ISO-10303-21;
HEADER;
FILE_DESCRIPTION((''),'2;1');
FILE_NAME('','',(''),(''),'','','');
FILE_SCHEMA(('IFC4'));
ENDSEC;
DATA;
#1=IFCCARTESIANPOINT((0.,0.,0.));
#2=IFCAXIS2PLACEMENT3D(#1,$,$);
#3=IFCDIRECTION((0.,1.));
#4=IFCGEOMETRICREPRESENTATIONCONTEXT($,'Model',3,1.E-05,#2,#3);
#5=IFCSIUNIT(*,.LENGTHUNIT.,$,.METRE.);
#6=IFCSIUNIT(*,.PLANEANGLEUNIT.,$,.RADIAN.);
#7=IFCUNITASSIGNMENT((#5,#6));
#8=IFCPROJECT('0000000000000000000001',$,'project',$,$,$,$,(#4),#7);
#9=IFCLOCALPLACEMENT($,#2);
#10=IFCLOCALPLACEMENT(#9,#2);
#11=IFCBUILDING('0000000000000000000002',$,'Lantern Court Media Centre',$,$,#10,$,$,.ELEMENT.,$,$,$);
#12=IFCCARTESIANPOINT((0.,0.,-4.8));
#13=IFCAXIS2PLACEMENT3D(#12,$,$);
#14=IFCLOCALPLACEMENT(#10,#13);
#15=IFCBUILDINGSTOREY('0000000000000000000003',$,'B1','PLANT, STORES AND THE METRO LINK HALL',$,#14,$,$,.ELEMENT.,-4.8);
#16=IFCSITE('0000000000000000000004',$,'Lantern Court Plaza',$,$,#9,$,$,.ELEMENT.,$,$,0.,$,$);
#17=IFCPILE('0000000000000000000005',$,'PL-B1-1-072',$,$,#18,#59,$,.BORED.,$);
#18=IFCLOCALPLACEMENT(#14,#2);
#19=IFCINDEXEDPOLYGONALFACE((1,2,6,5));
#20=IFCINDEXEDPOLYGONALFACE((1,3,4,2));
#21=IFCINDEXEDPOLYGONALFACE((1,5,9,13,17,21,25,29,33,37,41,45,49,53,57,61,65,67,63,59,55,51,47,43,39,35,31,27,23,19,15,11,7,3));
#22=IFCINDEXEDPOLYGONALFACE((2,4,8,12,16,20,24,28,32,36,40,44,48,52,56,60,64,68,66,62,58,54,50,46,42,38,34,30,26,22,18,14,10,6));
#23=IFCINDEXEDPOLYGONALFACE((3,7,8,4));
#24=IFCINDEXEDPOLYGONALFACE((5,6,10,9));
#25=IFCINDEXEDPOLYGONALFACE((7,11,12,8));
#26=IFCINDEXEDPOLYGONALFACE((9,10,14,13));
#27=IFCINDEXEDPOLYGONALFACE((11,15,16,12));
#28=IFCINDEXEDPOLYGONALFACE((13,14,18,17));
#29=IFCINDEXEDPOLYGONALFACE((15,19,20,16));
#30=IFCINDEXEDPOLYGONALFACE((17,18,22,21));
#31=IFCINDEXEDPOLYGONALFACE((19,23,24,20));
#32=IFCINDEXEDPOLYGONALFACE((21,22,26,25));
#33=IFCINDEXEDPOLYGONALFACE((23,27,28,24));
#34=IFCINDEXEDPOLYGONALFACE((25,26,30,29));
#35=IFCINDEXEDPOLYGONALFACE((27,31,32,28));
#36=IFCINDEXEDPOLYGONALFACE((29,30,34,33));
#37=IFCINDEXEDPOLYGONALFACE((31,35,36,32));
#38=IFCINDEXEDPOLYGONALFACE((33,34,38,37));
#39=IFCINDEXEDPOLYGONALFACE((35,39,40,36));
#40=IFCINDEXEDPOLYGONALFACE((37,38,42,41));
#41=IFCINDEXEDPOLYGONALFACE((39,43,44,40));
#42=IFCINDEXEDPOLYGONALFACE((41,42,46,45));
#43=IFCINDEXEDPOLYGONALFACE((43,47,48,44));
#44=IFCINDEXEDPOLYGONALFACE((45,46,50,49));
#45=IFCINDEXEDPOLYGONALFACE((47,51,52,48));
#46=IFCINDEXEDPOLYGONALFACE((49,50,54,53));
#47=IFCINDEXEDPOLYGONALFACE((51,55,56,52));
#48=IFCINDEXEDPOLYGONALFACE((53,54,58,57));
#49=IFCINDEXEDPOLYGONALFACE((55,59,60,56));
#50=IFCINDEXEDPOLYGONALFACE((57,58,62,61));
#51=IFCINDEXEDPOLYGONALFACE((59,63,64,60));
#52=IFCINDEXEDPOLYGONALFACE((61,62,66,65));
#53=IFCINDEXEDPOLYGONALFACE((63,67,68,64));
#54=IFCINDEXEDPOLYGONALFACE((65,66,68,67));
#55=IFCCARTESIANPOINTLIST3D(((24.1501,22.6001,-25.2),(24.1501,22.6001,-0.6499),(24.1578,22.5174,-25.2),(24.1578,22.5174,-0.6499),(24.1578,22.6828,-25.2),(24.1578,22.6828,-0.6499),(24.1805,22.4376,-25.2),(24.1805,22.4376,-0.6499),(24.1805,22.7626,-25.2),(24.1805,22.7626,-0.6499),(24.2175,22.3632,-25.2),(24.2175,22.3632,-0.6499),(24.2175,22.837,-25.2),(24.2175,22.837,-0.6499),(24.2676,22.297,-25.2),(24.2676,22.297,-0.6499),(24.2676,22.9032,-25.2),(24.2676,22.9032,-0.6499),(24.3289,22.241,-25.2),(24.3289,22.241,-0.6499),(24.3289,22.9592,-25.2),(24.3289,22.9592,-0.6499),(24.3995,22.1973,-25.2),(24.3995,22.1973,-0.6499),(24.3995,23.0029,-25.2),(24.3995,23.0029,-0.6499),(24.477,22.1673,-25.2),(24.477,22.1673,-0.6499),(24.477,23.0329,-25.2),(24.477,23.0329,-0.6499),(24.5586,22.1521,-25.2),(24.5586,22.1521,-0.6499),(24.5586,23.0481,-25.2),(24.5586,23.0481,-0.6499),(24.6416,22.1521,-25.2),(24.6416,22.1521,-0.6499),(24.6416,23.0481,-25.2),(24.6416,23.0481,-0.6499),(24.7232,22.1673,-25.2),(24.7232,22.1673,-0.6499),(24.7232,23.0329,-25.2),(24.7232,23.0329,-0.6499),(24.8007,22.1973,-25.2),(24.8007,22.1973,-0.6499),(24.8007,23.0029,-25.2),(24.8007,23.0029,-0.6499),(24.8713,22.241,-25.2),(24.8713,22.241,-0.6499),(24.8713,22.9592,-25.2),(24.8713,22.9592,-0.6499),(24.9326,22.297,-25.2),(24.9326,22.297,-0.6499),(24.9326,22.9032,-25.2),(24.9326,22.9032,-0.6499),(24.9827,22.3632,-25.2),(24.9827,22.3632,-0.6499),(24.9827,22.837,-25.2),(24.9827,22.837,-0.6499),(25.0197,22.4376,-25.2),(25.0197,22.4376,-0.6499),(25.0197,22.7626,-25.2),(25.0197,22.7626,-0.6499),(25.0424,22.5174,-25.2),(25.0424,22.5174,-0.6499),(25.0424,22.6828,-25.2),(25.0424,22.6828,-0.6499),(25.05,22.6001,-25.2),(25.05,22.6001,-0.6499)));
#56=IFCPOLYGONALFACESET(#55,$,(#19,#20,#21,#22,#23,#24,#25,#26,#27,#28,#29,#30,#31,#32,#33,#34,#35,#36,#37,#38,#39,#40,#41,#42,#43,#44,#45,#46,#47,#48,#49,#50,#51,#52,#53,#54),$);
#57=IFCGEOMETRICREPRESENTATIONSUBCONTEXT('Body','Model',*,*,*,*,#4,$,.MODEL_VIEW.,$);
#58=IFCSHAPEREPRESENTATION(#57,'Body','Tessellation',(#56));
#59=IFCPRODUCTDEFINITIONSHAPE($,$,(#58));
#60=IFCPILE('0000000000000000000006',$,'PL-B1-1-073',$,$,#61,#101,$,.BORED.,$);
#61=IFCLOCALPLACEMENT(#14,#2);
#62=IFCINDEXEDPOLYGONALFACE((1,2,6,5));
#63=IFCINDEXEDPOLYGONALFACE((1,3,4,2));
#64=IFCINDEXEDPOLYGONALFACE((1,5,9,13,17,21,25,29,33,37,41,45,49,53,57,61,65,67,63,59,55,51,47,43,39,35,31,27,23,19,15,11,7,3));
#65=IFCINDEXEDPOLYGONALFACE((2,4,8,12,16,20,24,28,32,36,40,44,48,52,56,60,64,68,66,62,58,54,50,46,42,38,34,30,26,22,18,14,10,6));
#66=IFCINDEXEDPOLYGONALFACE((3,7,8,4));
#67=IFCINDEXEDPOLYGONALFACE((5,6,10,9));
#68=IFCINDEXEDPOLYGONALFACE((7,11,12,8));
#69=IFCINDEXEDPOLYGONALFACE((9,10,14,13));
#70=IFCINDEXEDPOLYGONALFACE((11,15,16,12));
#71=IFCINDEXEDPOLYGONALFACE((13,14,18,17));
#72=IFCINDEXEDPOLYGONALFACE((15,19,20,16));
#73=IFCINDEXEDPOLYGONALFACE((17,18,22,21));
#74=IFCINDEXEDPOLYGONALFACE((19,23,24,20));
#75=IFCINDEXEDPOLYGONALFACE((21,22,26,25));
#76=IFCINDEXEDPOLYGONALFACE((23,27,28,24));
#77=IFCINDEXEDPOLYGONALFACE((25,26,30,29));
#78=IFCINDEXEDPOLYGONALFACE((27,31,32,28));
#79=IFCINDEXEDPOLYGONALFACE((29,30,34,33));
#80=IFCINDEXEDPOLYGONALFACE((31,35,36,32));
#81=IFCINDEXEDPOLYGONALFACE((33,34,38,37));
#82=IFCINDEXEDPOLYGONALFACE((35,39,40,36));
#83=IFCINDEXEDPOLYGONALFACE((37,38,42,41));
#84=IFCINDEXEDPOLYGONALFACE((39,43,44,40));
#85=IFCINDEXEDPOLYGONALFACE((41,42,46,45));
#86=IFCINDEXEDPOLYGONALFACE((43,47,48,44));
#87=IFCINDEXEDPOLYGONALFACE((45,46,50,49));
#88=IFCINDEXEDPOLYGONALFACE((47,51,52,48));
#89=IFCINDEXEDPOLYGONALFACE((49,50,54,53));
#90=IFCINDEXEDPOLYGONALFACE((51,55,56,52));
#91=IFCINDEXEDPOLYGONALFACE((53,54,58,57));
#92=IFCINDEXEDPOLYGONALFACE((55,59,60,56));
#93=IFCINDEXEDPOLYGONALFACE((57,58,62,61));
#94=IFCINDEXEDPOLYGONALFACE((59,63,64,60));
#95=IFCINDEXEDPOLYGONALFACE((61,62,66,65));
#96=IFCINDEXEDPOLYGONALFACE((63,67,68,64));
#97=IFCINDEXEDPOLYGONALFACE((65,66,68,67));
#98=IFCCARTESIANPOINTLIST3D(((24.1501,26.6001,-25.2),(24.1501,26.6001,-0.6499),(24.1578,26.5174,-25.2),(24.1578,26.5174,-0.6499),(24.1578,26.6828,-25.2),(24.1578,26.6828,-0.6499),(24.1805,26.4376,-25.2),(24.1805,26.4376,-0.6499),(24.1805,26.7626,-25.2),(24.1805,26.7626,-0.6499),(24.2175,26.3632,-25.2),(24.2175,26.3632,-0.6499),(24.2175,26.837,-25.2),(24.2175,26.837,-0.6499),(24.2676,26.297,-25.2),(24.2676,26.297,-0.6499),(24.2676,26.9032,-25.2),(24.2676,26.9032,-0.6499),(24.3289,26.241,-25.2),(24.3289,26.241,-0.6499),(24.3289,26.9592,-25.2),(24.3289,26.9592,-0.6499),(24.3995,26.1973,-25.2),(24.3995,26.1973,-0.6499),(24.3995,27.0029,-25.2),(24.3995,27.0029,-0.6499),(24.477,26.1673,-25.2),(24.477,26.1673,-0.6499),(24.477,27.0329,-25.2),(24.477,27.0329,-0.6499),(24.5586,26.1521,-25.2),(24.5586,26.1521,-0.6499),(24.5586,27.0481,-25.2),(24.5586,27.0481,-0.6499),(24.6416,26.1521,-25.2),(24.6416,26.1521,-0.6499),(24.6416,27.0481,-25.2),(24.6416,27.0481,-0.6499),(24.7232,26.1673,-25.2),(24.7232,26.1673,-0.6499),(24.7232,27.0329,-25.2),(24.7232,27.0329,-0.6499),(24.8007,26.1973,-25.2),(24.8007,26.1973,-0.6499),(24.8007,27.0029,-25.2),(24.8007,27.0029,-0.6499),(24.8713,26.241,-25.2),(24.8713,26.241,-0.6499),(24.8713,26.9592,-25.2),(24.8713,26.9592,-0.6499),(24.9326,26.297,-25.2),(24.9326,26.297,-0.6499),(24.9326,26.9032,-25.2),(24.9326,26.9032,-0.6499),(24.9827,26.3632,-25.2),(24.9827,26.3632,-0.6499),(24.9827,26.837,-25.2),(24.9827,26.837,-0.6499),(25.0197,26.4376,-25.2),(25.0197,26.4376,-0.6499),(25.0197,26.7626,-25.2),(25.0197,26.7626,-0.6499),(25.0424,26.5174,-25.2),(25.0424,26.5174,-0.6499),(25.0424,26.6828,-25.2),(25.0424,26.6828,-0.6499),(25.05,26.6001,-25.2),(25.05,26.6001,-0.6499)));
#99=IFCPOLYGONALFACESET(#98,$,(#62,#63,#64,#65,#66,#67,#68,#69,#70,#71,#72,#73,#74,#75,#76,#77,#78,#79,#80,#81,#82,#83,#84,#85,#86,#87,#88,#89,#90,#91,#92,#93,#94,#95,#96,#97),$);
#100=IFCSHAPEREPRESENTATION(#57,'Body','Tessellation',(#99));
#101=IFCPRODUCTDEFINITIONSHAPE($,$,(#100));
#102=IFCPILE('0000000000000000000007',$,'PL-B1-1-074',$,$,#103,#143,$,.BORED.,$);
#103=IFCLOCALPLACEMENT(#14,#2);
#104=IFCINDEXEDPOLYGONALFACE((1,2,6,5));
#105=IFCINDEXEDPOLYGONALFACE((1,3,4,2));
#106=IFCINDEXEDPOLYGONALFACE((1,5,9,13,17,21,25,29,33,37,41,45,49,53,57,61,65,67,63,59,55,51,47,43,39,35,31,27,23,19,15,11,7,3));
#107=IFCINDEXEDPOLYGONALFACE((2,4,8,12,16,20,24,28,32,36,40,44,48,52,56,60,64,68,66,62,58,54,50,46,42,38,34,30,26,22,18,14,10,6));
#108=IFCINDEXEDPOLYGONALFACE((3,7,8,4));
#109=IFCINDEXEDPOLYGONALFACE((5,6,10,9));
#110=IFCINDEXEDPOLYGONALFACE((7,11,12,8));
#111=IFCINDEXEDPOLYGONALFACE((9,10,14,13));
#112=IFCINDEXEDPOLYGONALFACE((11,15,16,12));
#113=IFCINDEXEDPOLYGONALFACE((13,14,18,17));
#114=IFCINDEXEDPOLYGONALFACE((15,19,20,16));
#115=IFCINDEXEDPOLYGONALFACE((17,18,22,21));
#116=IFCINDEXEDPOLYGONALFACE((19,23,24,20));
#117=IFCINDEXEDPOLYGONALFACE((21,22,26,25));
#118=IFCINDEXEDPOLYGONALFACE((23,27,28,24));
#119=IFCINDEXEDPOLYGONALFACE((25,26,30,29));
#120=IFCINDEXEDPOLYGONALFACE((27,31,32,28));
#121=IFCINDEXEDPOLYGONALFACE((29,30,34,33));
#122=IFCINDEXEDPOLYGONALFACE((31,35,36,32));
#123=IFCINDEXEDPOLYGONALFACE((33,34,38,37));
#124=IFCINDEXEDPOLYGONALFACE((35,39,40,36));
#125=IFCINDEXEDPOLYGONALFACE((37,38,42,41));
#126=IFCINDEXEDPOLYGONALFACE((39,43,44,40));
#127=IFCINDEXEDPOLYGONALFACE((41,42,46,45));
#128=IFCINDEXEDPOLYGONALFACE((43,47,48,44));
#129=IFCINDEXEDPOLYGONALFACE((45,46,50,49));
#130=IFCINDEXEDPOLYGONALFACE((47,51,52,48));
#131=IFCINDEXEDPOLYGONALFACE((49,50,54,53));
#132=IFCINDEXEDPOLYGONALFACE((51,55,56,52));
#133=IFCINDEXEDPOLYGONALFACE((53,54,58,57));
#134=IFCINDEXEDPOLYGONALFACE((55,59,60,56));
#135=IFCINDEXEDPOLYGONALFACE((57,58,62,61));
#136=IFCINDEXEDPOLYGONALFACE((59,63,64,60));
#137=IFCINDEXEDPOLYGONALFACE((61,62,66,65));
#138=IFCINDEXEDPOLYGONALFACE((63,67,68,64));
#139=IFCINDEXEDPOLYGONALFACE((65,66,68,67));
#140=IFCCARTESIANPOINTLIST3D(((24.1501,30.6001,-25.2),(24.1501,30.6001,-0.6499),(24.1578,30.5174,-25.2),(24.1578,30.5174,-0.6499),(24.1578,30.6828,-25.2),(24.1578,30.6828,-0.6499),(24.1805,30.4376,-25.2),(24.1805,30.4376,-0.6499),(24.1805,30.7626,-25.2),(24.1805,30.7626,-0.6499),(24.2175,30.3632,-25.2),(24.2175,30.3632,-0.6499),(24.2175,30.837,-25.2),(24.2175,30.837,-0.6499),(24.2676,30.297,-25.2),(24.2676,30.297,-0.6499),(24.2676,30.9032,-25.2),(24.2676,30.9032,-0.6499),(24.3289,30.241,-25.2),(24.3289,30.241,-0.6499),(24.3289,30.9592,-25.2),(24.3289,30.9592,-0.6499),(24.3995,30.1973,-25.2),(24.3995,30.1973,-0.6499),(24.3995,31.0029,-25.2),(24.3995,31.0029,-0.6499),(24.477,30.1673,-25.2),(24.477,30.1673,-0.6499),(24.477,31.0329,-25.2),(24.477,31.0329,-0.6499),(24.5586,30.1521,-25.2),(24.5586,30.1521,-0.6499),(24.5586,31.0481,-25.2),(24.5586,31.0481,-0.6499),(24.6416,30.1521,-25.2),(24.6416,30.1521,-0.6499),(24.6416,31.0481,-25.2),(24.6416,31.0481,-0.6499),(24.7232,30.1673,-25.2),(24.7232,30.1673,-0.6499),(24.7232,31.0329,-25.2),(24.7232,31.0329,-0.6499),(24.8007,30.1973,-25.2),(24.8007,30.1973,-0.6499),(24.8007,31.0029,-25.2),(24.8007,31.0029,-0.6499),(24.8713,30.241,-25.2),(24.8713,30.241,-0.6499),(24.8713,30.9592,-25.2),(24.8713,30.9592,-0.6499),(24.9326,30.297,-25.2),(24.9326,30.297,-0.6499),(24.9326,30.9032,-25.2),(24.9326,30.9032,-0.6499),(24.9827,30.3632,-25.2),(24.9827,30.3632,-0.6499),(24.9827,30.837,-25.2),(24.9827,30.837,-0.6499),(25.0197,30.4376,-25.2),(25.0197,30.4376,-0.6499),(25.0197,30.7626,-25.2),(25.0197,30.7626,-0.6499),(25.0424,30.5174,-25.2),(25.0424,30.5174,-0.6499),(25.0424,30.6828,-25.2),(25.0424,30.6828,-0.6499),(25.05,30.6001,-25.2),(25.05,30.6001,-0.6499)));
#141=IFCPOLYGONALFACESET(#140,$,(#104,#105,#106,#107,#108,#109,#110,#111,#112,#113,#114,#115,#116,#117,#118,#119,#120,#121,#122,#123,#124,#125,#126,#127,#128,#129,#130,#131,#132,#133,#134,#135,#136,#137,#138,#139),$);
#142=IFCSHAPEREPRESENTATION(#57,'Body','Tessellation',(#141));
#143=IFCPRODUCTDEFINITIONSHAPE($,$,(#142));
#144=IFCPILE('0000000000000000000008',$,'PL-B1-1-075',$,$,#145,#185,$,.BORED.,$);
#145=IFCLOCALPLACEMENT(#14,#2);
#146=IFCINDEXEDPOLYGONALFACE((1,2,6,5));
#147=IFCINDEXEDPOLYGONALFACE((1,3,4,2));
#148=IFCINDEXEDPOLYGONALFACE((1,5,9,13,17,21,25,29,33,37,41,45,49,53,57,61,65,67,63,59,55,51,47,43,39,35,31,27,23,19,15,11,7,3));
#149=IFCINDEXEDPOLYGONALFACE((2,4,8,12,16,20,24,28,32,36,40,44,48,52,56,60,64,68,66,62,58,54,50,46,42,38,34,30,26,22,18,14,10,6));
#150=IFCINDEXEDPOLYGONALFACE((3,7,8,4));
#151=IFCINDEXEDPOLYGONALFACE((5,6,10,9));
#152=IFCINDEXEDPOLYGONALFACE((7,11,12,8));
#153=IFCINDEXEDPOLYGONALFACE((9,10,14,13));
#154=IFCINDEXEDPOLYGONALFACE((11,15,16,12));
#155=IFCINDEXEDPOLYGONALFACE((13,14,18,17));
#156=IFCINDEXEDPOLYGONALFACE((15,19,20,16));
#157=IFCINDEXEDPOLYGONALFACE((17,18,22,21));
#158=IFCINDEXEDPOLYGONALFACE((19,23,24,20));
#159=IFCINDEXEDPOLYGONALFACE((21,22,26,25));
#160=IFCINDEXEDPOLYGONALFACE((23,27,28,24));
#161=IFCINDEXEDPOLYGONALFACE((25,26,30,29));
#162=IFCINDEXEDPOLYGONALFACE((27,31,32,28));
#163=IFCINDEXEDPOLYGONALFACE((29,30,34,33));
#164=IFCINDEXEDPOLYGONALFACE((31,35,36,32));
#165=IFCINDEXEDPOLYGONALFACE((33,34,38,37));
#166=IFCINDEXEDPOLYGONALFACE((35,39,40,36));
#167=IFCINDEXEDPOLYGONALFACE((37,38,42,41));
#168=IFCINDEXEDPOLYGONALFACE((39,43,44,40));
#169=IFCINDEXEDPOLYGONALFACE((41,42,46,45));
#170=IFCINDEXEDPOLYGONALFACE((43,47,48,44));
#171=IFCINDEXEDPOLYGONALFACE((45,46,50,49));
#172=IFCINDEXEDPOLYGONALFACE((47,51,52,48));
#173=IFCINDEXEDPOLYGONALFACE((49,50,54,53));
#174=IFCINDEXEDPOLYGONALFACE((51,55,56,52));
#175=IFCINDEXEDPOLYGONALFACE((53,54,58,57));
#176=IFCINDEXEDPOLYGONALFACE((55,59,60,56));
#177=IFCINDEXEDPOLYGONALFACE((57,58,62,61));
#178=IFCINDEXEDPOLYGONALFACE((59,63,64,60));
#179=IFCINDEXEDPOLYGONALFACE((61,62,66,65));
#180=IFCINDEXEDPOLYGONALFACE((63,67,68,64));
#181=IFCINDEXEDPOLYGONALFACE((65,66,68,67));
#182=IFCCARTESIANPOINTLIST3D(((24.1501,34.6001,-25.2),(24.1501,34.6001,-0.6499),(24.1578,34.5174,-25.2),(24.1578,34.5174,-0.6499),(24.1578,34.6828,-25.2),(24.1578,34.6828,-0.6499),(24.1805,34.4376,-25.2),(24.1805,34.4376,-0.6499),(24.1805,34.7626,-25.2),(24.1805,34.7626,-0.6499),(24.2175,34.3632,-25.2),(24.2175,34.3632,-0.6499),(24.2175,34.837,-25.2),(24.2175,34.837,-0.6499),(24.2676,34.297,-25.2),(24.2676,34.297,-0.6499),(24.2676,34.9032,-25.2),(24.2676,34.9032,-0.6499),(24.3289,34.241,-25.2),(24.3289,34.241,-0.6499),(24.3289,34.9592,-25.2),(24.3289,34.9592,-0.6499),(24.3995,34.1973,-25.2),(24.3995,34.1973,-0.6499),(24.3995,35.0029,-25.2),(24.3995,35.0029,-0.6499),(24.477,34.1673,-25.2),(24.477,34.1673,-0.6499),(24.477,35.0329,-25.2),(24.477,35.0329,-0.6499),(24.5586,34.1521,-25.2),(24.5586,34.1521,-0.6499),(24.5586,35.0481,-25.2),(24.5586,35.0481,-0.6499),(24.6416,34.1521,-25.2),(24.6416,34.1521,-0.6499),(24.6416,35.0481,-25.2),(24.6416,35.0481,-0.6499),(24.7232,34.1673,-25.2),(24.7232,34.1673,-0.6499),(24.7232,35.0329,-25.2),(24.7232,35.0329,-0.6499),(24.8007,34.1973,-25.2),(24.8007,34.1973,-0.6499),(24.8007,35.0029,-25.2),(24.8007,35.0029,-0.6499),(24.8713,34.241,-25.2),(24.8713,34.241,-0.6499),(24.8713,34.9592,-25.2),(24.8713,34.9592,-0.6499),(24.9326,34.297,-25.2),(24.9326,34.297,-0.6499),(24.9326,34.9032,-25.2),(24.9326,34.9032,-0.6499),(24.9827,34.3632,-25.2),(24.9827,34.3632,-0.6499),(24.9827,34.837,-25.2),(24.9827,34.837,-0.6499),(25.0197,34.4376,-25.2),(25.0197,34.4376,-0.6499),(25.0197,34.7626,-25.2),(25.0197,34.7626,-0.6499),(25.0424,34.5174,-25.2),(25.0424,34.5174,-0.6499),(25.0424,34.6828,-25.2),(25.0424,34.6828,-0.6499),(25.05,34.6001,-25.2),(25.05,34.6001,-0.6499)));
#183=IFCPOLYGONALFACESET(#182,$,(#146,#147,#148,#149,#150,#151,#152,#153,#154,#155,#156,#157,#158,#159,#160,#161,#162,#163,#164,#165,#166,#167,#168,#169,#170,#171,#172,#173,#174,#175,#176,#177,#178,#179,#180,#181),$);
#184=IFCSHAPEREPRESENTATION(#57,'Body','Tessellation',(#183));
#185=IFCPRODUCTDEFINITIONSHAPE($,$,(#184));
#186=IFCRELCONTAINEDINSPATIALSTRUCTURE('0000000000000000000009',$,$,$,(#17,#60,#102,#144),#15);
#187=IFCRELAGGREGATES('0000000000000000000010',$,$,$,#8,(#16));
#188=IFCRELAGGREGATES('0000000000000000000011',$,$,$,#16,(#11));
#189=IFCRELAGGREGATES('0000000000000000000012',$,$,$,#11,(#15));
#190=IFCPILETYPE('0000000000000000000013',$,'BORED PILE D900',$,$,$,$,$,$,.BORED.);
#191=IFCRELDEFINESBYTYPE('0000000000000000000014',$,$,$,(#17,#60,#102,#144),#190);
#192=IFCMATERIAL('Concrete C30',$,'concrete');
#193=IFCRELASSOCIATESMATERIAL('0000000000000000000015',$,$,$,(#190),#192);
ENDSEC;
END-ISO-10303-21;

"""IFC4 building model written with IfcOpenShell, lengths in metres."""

from ifc_helpers import new_model, si_unit, direction, frame, origin, origin_2d, place, context, subcontext, project, spatial, circle, extrude, material, material_profile, profile_set, type_object, element, save


model = new_model("IFC4")

# Units and contexts
model_context = context("Model", 3, precision=1e-05, world=origin(), true_north=direction((0.0, 1.0)))
body_context = subcontext(model_context, "Body", "Model", "MODEL_VIEW")
ifc_project = project(units=[si_unit("LENGTHUNIT", "METRE"), si_unit("PLANEANGLEUNIT", "RADIAN")], contexts=[model_context])

# Site, building, storey
site_placement = place(None, origin())
site = spatial("IfcSite", under=ifc_project, at=site_placement, Name="Lantern Court Plaza", CompositionType="ELEMENT", RefElevation=0.0)
building_placement = place(site_placement, origin())
building = spatial("IfcBuilding", under=site, at=building_placement, Name="Lantern Court Media Centre", CompositionType="ELEMENT")
storey_placement = place(building_placement, frame((0.0, 0.0, -4.8)))
storey = spatial("IfcBuildingStorey", under=building, at=storey_placement, Name="B1", Description="PLANT, STORES AND THE METRO LINK HALL", CompositionType="ELEMENT", Elevation=-4.8)

# Piles
ifc_material_1 = material(Name="Concrete C30", Category="concrete")
ifc_material_profile_1 = material_profile(ifc_material_1, circle(Radius=0.45, at=origin_2d()), Name="D900")
ifc_profile_set_1 = profile_set([ifc_material_profile_1], Name="Concrete C30")
pile_type = type_object("IfcPileType", Name="BORED PILE D900", PredefinedType="BORED", material=ifc_profile_set_1)
for number, where, z_axis, x_axis, name in (
    (1, (24.6001, 22.6001, -0.6499), (0.0, 0.0, -1.0), (1.0, 0.0, 0.0), "PL-B1-1-072"),
    (2, (24.6001, 26.6001, -0.6499), (0.0, 0.0, -1.0), (1.0, 0.0, 0.0), "PL-B1-1-073"),
    (3, (24.6001, 30.6001, -0.6499), (0.0, 0.0, -1.0), (1.0, 0.0, 0.0), "PL-B1-1-074"),
    (4, (24.6001, 34.6001, -0.6499), (0.0, 0.0, -1.0), (1.0, 0.0, 0.0), "PL-B1-1-075"),
):
    element("IfcPile", number, at=place(storey_placement, frame(where, z_axis=z_axis, x_axis=x_axis)), inside=storey, type_object=pile_type, Name=name, PredefinedType="BORED", context=body_context, shape_type="SweptSolid", body=[
        extrude(circle(Radius=0.45, at=origin_2d()), origin(), (0.0, 0.0, 1.0), 24.55),
    ])

save(model, "model.ifc")
